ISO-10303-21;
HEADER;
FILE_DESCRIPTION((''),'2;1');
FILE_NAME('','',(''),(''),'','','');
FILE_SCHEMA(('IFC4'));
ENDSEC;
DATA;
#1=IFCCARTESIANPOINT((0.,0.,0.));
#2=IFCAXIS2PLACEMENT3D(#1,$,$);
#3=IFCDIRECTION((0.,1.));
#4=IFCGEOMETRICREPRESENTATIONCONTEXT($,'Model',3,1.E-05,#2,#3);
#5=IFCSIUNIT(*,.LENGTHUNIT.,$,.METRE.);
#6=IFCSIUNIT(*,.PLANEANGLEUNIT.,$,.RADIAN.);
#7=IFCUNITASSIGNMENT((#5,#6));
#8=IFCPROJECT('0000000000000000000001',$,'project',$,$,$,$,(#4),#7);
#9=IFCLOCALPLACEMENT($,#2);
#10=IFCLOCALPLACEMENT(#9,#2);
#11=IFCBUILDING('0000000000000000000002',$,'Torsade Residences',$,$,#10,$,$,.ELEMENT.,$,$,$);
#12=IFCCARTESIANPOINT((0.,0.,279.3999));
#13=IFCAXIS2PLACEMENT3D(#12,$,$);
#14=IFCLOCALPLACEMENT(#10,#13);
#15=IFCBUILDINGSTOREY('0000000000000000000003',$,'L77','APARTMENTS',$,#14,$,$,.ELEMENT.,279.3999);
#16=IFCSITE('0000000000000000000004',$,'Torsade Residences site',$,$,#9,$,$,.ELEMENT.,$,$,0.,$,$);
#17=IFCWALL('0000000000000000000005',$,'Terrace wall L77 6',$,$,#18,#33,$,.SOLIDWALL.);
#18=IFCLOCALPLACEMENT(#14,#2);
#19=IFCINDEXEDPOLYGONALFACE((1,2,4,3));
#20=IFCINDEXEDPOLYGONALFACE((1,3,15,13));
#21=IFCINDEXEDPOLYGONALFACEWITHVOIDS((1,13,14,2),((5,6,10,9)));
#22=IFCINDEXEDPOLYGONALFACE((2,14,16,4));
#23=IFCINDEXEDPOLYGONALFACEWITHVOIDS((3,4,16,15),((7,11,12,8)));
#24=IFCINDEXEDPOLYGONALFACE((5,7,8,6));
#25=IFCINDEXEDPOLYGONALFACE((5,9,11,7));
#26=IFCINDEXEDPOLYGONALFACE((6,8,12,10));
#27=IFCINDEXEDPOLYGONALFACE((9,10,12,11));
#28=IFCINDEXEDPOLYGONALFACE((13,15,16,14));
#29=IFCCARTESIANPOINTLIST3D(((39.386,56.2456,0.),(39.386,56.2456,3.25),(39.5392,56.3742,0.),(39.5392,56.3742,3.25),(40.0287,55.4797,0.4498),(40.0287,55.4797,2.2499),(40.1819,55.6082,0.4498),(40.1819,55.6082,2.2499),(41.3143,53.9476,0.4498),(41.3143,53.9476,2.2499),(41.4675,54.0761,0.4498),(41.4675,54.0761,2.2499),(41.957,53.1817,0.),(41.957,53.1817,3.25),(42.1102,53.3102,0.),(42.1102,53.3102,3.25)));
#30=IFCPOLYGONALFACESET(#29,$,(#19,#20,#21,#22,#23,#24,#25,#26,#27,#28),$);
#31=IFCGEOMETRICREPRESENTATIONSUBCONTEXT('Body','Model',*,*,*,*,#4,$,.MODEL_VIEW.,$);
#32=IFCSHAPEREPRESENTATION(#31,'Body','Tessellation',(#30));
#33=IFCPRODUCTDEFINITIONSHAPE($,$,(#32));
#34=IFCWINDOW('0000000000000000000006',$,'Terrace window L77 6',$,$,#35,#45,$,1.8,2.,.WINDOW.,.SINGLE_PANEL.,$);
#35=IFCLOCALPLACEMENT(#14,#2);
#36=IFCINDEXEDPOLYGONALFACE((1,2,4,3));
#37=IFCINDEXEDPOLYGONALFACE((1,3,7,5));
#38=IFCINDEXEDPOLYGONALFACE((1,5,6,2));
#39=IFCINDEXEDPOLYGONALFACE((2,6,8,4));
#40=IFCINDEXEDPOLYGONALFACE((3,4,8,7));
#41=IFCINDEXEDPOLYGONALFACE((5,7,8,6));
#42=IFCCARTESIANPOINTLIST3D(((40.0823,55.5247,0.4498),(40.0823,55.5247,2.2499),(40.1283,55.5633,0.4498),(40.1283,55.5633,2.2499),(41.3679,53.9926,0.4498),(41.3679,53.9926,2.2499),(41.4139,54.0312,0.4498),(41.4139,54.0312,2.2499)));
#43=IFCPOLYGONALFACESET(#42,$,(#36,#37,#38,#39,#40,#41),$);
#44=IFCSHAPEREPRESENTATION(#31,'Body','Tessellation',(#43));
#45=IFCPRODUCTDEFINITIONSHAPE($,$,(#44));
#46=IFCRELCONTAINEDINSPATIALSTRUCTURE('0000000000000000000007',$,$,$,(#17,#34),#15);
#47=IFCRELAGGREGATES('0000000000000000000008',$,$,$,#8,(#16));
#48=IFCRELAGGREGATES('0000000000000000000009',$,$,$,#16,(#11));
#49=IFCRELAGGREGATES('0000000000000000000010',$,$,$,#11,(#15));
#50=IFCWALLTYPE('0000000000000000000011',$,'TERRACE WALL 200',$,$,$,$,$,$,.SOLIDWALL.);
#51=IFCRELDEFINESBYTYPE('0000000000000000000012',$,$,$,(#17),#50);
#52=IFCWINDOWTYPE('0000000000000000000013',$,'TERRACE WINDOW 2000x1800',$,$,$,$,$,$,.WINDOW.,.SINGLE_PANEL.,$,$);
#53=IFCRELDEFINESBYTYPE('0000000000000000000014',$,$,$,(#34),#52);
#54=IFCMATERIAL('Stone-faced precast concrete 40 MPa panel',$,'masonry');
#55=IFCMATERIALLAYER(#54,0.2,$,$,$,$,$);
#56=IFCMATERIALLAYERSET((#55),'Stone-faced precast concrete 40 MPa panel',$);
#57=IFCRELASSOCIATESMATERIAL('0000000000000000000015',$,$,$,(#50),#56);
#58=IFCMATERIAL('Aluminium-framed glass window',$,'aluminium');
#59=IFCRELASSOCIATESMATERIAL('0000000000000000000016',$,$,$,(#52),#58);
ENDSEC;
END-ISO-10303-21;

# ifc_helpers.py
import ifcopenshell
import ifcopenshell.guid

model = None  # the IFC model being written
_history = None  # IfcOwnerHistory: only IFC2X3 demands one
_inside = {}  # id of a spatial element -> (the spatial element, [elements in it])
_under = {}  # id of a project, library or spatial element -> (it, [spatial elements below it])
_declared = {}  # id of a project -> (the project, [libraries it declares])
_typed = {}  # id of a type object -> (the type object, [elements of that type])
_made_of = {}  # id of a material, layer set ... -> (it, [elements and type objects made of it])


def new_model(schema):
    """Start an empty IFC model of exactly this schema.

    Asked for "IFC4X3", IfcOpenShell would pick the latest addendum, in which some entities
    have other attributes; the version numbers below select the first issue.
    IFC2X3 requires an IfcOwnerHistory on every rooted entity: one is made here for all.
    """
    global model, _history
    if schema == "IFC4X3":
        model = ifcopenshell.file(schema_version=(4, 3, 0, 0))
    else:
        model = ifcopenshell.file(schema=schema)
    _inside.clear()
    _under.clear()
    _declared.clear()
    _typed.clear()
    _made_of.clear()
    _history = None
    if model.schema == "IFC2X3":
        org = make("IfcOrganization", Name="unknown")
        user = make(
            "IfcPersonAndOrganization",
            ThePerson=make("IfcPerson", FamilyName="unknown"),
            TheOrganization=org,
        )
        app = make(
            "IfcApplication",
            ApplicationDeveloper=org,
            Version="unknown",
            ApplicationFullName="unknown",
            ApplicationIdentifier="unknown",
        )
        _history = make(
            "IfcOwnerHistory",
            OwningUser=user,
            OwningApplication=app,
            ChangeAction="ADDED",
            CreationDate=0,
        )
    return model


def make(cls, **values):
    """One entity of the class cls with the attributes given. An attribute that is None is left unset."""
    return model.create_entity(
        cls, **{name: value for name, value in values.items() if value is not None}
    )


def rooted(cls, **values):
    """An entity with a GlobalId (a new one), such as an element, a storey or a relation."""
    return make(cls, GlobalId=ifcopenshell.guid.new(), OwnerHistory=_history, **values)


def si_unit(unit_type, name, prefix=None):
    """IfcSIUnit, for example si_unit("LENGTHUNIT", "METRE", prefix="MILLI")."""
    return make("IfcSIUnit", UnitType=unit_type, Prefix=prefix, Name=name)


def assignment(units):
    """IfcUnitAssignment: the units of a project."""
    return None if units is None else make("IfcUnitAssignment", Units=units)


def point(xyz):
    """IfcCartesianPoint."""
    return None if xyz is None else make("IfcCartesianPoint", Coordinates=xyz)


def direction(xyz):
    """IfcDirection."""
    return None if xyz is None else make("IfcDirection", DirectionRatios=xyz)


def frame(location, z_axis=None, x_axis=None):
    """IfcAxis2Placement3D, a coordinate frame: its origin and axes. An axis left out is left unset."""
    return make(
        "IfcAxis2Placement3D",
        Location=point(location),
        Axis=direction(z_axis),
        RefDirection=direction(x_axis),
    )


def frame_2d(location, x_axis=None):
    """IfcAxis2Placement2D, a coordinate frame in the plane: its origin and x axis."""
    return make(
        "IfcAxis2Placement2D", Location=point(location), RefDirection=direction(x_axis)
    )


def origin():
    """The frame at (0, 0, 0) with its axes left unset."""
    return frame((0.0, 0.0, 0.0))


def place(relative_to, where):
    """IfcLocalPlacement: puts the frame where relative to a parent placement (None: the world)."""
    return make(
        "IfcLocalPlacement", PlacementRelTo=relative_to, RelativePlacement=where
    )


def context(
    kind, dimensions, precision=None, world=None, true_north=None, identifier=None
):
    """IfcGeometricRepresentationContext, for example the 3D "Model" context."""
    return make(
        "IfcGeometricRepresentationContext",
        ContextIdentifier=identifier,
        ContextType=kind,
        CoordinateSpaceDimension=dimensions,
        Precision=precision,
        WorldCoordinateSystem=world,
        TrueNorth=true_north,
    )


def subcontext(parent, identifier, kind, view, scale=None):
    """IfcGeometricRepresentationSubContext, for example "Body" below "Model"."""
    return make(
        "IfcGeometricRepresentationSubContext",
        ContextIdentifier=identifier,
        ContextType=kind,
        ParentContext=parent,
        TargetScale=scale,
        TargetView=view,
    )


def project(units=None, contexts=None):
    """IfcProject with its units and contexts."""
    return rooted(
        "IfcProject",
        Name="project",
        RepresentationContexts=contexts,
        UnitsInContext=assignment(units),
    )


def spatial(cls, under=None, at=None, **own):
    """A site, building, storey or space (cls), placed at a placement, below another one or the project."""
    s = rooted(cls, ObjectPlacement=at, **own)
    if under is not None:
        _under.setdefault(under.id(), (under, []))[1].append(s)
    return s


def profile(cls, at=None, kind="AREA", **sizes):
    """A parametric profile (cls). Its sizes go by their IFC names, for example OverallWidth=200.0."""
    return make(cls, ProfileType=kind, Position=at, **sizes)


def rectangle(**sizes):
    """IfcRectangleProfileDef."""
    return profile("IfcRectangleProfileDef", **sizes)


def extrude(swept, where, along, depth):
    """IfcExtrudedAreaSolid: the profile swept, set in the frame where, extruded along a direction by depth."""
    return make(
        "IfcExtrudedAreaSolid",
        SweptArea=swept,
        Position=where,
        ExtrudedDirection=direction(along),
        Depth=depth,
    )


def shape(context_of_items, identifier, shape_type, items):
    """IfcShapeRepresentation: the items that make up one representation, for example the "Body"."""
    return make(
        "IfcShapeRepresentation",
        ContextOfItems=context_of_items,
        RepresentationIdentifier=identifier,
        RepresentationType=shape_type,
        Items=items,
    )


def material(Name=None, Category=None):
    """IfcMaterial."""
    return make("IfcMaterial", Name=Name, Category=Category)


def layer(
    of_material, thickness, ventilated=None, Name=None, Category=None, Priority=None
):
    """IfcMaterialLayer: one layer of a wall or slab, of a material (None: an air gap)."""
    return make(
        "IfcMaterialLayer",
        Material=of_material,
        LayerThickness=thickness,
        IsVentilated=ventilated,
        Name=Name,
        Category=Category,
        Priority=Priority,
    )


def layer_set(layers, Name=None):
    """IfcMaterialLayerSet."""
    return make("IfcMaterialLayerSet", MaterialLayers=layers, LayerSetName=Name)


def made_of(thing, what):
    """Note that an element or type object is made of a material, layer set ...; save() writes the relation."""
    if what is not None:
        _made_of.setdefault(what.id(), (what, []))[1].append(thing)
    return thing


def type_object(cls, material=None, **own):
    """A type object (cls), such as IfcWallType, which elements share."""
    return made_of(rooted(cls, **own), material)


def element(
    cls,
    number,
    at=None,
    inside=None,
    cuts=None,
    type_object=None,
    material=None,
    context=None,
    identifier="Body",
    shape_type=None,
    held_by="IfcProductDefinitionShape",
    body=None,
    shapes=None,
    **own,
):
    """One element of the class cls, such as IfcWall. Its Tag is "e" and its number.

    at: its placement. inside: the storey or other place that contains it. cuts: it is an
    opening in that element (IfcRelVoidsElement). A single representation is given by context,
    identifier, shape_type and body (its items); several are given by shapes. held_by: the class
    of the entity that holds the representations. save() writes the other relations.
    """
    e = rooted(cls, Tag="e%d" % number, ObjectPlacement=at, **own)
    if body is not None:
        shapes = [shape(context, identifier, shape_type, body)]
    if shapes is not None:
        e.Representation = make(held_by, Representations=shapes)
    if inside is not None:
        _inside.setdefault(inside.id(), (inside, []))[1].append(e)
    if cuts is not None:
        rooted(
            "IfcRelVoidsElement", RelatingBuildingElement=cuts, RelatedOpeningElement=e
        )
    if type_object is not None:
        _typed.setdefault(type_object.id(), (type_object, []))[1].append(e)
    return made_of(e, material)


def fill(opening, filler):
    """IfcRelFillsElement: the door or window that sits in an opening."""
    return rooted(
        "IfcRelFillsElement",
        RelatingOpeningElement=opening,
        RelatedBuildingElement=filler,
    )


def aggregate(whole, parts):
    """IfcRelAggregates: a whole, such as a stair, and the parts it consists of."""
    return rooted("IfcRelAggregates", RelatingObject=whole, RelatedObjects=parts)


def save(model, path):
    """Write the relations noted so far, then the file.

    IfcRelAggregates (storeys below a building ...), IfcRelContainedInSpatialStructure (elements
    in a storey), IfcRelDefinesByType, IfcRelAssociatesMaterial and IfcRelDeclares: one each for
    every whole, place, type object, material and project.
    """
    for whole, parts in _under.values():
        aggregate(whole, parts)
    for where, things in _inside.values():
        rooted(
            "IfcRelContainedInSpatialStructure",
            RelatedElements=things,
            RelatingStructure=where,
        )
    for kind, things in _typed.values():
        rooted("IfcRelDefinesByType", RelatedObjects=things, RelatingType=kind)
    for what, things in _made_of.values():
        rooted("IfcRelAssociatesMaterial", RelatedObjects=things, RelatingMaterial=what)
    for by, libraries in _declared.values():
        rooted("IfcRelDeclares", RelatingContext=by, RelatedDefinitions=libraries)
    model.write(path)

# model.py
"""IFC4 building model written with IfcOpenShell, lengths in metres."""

from ifc_helpers import new_model, si_unit, direction, frame, frame_2d, origin, place, context, subcontext, project, spatial, rectangle, extrude, material, layer, layer_set, type_object, element, fill, save


model = new_model("IFC4")

# Units and contexts
model_context = context("Model", 3, precision=1e-05, world=origin(), true_north=direction((0.0, 1.0)))
body_context = subcontext(model_context, "Body", "Model", "MODEL_VIEW")
ifc_project = project(units=[si_unit("LENGTHUNIT", "METRE"), si_unit("PLANEANGLEUNIT", "RADIAN")], contexts=[model_context])

# Site, building, storey
site_placement = place(None, origin())
site = spatial("IfcSite", under=ifc_project, at=site_placement, Name="Torsade Residences site", CompositionType="ELEMENT", RefElevation=0.0)
building_placement = place(site_placement, origin())
building = spatial("IfcBuilding", under=site, at=building_placement, Name="Torsade Residences", CompositionType="ELEMENT")
storey_placement = place(building_placement, frame((0.0, 0.0, 279.3999)))
storey = spatial("IfcBuildingStorey", under=building, at=storey_placement, Name="L77", Description="APARTMENTS", CompositionType="ELEMENT", Elevation=279.3999)

# Shared definitions
ifc_material_1 = material(Name="Stone-faced precast concrete 40 MPa panel", Category="masonry")
ifc_layer_1 = layer(ifc_material_1, 0.2)
ifc_layer_set_1 = layer_set([ifc_layer_1], Name="Stone-faced precast concrete 40 MPa panel")
wall_type_1 = type_object("IfcWallType", Name="TERRACE WALL 200", PredefinedType="SOLIDWALL", material=ifc_layer_set_1)

# Wall, opening, window
wall_1_placement = place(storey_placement, frame((42.0337, 53.2458, 0.0), z_axis=(0.0, 0.0, 1.0), x_axis=(-0.642798, 0.766035, 0.0)))
wall_1 = element("IfcWall", 1, at=wall_1_placement, inside=storey, type_object=wall_type_1, Name="Terrace wall L77 6", PredefinedType="SOLIDWALL", context=body_context, shape_type="SweptSolid", body=[
    extrude(rectangle(XDim=3.9998, YDim=0.2, at=frame_2d((2.0, 0.0))), origin(), (0.0, 0.0, 1.0), 3.25),
])
opening_1_placement = place(wall_1_placement, frame((1.0, 0.0, 0.45)))
opening_1 = element("IfcOpeningElement", 2, at=opening_1_placement, cuts=wall_1, PredefinedType="OPENING", context=body_context, shape_type="SweptSolid", body=[
    extrude(rectangle(XDim=2.0, YDim=1.8, at=frame_2d((1.0, 0.8999))), frame((0.0, 0.1099, 0.0), z_axis=(0.0, -1.0, 0.0), x_axis=(1.0, 0.0, 0.0)), (0.0, 0.0, 1.0), 0.22),
])
ifc_material_2 = material(Name="Aluminium-framed glass window", Category="aluminium")
window_type = type_object("IfcWindowType", Name="TERRACE WINDOW 2000x1800", PartitioningType="SINGLE_PANEL", PredefinedType="WINDOW", material=ifc_material_2)
window_placement = place(opening_1_placement, origin())
window = element("IfcWindow", 3, at=window_placement, inside=storey, type_object=window_type, Name="Terrace window L77 6", OverallHeight=1.8, OverallWidth=2.0, PartitioningType="SINGLE_PANEL", PredefinedType="WINDOW", context=body_context, shape_type="SweptSolid", body=[
    extrude(rectangle(XDim=2.0, YDim=1.8, at=frame_2d((1.0, 0.8999))), frame((0.0, 0.03, 0.0), z_axis=(0.0, -1.0, 0.0), x_axis=(1.0, 0.0, 0.0)), (0.0, 0.0, 1.0), 0.0601),
])
fill(opening_1, window)

save(model, "model.ifc")
